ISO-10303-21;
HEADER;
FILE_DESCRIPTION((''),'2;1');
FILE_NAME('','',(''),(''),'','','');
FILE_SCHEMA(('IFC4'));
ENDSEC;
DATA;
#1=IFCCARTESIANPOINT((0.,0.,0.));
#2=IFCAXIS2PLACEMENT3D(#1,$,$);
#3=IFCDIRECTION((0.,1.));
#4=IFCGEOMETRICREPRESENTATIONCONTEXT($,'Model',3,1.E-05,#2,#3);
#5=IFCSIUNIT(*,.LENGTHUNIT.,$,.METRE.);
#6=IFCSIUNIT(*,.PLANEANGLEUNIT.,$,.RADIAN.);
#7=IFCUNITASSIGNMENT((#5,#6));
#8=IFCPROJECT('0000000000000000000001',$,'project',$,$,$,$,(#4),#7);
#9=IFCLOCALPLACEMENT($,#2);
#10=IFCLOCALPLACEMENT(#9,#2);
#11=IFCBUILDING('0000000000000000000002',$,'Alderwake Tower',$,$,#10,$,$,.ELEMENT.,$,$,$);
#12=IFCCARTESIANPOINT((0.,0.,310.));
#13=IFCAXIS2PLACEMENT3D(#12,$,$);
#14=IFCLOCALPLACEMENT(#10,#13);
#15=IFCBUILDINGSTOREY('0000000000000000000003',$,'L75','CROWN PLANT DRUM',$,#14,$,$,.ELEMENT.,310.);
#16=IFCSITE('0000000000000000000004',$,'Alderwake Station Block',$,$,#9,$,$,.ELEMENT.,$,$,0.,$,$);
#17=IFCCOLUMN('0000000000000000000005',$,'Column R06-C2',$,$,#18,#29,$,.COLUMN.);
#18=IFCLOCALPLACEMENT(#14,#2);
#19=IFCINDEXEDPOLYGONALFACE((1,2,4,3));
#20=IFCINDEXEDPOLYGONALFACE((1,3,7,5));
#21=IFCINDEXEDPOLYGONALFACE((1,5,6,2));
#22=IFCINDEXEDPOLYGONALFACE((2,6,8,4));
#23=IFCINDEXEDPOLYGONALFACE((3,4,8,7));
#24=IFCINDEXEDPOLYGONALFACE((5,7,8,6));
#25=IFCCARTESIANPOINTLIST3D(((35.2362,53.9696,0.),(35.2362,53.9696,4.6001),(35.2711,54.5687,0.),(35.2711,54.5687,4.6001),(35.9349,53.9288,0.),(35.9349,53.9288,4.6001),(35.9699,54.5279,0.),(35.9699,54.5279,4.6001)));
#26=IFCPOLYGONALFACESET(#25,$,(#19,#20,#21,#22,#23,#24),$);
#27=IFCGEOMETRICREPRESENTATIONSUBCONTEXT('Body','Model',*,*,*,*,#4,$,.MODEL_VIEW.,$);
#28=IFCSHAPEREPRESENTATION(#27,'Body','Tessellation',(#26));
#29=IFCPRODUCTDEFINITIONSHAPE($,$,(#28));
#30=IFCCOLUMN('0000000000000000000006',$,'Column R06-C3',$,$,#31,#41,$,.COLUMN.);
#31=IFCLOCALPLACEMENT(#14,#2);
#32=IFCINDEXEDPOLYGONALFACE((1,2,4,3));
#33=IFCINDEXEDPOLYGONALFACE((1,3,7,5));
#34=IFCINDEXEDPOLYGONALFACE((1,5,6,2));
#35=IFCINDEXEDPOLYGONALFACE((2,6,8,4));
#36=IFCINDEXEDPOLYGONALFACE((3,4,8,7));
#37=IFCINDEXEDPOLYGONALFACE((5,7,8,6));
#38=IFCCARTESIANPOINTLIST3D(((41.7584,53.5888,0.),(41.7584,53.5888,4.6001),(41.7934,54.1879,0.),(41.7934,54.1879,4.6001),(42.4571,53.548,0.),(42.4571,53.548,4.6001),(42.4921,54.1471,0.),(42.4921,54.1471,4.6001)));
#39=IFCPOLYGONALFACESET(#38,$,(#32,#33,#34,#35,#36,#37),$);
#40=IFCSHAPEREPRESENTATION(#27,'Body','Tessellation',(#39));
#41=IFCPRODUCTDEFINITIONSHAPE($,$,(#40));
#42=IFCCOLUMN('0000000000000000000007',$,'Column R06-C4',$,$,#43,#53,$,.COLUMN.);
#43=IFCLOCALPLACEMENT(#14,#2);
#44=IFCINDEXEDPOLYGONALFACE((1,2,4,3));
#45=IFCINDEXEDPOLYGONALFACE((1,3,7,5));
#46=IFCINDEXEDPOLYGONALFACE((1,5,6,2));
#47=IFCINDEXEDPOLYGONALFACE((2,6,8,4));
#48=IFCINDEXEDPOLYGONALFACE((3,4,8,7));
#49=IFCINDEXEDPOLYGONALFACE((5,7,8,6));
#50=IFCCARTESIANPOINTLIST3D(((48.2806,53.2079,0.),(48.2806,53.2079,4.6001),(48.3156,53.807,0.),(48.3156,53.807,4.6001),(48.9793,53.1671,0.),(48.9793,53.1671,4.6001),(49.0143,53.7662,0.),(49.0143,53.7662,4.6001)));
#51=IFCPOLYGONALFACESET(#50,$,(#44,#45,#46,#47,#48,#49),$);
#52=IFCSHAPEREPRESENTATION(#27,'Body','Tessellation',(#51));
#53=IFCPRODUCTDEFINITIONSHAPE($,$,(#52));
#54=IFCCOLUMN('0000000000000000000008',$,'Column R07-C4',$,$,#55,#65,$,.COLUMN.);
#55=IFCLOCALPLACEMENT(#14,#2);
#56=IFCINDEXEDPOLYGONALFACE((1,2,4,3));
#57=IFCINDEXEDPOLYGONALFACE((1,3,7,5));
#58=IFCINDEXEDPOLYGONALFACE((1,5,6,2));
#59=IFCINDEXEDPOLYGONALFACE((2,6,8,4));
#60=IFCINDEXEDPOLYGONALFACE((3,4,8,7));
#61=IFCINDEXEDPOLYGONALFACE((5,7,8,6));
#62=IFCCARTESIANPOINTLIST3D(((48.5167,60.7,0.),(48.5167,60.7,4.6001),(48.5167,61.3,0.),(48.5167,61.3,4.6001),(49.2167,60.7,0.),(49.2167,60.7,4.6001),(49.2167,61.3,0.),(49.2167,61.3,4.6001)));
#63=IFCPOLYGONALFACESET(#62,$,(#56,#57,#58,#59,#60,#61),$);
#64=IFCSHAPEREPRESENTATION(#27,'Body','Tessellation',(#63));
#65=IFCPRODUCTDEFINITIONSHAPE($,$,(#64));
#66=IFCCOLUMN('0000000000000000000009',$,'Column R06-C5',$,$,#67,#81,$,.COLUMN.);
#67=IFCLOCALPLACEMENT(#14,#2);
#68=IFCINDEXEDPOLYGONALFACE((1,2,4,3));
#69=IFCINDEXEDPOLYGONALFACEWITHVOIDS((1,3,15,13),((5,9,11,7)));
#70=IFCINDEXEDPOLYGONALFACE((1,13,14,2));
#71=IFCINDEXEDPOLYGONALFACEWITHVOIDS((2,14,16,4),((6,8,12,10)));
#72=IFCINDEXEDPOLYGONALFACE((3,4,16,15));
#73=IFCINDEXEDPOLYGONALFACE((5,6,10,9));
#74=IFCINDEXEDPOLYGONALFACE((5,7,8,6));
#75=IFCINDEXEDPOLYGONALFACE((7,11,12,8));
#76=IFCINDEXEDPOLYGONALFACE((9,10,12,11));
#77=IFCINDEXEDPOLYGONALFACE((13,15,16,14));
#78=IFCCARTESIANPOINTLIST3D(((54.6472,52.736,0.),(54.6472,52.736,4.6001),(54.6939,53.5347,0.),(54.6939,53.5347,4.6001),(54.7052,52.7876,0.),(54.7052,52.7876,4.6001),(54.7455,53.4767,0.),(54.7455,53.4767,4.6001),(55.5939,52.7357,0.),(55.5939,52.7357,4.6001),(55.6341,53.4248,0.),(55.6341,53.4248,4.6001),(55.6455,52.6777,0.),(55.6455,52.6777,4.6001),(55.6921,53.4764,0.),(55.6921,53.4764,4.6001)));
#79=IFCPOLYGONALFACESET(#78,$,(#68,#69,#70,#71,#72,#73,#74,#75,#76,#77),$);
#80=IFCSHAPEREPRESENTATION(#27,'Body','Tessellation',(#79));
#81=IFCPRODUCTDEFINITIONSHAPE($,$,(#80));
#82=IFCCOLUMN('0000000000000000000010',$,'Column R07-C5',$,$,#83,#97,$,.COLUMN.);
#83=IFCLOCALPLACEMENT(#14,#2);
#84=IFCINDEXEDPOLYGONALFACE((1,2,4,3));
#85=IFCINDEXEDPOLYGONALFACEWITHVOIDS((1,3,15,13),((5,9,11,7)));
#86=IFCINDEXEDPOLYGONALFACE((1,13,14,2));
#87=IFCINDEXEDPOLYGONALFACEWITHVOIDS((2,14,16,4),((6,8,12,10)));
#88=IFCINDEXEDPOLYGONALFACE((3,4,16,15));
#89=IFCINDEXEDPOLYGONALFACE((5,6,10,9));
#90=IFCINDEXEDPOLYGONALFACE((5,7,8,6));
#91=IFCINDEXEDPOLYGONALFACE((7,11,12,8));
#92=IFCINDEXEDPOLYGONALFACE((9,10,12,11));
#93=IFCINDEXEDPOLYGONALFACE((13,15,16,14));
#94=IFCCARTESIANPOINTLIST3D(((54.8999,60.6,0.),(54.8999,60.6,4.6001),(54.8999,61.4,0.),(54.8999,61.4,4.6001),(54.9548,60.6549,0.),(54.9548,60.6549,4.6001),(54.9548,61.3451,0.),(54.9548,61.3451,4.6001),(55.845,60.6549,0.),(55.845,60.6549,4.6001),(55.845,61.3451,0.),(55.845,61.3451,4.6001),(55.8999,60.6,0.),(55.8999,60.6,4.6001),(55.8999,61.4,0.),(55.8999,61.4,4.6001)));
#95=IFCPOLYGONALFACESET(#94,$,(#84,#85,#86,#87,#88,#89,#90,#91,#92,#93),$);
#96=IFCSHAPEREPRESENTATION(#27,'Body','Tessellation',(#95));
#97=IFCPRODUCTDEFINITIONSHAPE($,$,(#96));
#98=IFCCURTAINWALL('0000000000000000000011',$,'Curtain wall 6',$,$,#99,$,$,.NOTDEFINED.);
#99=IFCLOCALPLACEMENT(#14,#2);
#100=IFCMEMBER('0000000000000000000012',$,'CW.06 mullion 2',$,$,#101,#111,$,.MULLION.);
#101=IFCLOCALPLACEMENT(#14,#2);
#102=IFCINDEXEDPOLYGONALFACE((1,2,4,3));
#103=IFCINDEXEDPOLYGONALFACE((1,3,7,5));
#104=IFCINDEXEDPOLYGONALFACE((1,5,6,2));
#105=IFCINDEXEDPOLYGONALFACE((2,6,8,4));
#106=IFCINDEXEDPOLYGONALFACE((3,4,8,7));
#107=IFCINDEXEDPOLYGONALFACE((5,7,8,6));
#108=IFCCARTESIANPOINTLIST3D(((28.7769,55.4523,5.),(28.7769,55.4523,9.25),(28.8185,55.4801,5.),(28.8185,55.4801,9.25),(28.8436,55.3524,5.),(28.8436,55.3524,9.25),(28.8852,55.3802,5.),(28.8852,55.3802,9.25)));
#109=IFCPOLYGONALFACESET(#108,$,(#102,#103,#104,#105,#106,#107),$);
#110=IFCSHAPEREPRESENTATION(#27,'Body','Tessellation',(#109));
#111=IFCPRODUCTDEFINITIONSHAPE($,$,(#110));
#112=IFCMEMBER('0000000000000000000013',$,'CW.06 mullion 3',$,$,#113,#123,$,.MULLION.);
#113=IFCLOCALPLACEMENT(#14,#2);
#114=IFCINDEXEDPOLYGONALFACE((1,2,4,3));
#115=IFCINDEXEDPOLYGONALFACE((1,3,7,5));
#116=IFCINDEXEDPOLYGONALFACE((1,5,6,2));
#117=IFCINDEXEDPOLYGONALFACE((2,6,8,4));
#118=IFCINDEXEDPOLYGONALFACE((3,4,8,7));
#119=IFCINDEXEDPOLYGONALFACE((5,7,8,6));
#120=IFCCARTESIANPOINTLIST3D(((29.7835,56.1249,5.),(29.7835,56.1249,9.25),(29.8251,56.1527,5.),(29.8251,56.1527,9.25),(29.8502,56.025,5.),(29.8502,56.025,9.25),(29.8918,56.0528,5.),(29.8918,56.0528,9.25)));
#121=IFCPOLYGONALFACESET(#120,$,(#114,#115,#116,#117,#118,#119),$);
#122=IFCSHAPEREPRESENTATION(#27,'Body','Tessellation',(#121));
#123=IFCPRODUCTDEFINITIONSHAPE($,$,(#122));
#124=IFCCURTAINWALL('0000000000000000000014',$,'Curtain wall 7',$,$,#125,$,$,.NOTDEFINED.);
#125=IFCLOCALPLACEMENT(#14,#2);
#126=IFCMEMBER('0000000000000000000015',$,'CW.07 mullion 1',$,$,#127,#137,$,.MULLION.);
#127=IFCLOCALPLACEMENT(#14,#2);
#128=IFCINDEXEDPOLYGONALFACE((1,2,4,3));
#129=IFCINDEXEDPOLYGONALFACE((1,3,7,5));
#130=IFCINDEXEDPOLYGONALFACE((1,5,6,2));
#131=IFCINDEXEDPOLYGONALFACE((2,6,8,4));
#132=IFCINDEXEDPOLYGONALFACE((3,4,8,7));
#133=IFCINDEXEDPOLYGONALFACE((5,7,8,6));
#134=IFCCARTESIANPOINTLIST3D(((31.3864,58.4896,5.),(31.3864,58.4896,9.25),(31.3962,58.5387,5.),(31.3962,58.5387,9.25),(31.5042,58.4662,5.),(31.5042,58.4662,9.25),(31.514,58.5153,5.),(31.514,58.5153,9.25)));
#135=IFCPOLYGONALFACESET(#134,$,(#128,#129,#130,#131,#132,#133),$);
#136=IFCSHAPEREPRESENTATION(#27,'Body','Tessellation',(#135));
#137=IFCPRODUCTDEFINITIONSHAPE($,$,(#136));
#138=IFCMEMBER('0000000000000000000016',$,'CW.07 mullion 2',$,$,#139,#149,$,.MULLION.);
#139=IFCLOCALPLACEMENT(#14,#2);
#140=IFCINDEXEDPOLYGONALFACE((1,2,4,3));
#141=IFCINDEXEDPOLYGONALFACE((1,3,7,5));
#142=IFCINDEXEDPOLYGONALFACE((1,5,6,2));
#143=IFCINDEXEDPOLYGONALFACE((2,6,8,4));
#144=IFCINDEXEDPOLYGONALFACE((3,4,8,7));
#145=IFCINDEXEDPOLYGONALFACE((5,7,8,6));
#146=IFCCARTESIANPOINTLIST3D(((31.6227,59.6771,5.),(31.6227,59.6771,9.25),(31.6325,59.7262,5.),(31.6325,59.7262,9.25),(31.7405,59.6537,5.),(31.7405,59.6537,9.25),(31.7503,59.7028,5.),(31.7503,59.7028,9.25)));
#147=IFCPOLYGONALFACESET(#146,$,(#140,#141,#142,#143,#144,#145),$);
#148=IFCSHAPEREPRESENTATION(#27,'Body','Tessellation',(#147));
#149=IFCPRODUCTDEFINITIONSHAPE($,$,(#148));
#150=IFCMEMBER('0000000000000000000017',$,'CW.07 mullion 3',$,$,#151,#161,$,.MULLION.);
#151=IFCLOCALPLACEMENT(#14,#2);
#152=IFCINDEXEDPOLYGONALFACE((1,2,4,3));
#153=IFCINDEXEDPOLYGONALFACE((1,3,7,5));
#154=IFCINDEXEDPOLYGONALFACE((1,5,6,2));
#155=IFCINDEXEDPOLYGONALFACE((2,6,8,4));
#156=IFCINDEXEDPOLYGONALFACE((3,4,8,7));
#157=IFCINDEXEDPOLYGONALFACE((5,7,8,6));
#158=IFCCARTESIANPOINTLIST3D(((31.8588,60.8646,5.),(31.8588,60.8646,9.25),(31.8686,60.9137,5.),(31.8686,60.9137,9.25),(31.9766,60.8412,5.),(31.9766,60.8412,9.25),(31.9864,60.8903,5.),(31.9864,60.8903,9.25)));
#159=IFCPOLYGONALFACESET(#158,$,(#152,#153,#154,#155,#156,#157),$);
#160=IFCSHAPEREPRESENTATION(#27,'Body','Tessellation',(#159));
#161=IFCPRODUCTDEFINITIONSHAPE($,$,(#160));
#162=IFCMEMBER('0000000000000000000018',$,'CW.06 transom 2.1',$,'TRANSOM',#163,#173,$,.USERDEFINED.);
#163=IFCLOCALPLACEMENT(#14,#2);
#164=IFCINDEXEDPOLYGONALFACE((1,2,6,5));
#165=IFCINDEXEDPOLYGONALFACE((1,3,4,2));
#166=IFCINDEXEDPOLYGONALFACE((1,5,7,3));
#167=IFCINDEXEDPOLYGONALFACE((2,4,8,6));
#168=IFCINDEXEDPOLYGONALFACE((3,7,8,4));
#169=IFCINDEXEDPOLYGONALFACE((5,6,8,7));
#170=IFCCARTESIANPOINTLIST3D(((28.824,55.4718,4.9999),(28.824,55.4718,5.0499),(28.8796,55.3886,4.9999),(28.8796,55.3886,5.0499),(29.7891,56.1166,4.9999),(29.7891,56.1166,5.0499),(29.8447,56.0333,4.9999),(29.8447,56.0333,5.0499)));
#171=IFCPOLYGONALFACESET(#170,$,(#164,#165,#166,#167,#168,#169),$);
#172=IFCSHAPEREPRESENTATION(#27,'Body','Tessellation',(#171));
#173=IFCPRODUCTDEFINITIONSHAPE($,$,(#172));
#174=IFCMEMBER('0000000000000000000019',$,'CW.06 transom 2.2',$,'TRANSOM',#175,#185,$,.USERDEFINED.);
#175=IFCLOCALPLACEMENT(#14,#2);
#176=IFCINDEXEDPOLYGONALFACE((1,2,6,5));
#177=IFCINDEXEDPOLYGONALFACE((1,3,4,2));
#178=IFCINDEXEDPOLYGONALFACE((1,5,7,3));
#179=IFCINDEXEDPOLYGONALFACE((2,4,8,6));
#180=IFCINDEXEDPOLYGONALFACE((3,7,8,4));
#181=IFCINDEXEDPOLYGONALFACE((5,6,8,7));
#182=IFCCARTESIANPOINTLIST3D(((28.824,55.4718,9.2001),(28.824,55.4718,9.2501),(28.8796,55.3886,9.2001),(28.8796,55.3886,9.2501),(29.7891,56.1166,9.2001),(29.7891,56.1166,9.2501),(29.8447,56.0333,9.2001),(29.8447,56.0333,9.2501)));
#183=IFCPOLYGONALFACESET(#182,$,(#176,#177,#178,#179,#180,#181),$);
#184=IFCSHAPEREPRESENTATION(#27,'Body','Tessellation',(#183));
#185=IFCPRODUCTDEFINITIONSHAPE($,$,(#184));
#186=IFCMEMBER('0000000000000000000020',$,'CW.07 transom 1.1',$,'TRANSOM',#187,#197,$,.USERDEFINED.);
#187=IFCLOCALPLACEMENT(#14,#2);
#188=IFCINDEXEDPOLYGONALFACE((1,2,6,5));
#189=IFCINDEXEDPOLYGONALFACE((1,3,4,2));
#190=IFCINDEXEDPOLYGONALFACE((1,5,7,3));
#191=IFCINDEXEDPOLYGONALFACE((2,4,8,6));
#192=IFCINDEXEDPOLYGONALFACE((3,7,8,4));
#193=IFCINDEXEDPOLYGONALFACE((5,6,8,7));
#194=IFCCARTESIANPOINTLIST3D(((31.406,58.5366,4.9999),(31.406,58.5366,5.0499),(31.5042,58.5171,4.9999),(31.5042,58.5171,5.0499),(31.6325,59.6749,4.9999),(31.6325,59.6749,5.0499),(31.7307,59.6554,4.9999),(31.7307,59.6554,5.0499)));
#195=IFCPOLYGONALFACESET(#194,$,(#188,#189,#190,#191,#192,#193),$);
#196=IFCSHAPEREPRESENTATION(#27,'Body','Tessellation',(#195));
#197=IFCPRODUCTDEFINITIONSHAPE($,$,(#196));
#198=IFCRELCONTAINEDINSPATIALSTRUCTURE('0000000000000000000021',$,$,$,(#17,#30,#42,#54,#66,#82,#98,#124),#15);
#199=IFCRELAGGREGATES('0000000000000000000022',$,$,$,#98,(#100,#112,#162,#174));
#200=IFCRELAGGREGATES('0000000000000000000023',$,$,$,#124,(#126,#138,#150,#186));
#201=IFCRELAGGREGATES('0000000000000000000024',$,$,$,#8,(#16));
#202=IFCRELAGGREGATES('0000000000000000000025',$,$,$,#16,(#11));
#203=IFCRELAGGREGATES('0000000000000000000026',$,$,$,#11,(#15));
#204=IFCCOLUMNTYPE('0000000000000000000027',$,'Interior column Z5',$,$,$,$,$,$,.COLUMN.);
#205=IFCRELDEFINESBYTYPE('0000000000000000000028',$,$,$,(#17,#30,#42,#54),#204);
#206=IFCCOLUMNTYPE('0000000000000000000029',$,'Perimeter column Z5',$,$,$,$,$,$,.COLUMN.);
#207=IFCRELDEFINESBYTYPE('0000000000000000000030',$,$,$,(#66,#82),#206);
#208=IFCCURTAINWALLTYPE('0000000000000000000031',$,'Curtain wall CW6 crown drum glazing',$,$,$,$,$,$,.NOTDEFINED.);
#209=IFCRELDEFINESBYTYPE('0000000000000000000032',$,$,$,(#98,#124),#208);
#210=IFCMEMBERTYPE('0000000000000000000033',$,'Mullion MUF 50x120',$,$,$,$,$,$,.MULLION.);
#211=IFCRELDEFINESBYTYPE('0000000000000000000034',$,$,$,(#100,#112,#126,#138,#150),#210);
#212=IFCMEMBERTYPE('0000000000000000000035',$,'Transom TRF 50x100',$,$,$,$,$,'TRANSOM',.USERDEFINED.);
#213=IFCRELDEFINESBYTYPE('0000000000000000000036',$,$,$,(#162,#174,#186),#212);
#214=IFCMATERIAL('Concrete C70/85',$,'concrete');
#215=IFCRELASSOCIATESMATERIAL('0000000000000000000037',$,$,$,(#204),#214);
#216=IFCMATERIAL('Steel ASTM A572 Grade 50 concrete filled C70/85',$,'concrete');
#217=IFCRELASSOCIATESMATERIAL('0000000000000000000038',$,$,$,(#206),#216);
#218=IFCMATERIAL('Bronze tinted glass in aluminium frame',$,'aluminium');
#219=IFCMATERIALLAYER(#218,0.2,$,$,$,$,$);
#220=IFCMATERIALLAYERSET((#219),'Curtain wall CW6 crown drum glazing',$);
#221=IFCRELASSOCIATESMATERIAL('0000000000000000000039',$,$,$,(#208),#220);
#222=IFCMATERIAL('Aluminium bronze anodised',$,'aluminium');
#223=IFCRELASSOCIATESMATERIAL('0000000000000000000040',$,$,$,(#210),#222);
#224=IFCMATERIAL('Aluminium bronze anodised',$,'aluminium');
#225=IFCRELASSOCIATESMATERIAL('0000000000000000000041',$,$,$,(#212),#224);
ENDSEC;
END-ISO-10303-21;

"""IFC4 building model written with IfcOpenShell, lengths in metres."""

from ifc_helpers import new_model, si_unit, direction, frame, origin, origin_2d, place, context, subcontext, project, spatial, rectangle, hollow_rectangle, extrude, material, layer, layer_set, material_profile, profile_set, type_object, element, aggregate, save


model = new_model("IFC4")

# Units and contexts
model_context = context("Model", 3, precision=1e-05, world=origin(), true_north=direction((0.0, 1.0)))
body_context = subcontext(model_context, "Body", "Model", "MODEL_VIEW")
ifc_project = project(units=[si_unit("LENGTHUNIT", "METRE"), si_unit("PLANEANGLEUNIT", "RADIAN")], contexts=[model_context])

# Site, building, storey
site_placement = place(None, origin())
site = spatial("IfcSite", under=ifc_project, at=site_placement, Name="Alderwake Station Block", CompositionType="ELEMENT", RefElevation=0.0)
building_placement = place(site_placement, origin())
building = spatial("IfcBuilding", under=site, at=building_placement, Name="Alderwake Tower", CompositionType="ELEMENT")
storey_placement = place(building_placement, frame((0.0, 0.0, 310.0)))
storey = spatial("IfcBuildingStorey", under=building, at=storey_placement, Name="L75", Description="CROWN PLANT DRUM", CompositionType="ELEMENT", Elevation=310.0)

# Columns
ifc_material_1 = material(Name="Concrete C70/85", Category="concrete")
ifc_material_profile_1 = material_profile(ifc_material_1, rectangle(XDim=0.6001, YDim=0.7, at=origin_2d()), Name="RC 700X600")
ifc_profile_set_1 = profile_set([ifc_material_profile_1], Name="Concrete C70/85")
column_type_1 = type_object("IfcColumnType", Name="Interior column Z5", PredefinedType="COLUMN", material=ifc_profile_set_1)
for number, where, z_axis, x_axis, name in (
    (1, (35.603, 54.2488, 0.0), (0.0, 0.0, 1.0), (0.058301, 0.998299, 0.0), "Column R06-C2"),
    (2, (42.1252, 53.8679, 0.0), (0.0, 0.0, 1.0), (0.058301, 0.998299, 0.0), "Column R06-C3"),
    (3, (48.6475, 53.4871, 0.0), (0.0, 0.0, 1.0), (0.058301, 0.998299, 0.0), "Column R06-C4"),
    (4, (48.8667, 61.0, 0.0), (0.0, 0.0, 1.0), (0.0, 1.0, 0.0), "Column R07-C4"),
):
    element("IfcColumn", number, at=place(storey_placement, frame(where, z_axis=z_axis, x_axis=x_axis)), inside=storey, type_object=column_type_1, Name=name, PredefinedType="COLUMN", context=body_context, shape_type="SweptSolid", body=[
        extrude(rectangle(XDim=0.6001, YDim=0.7, at=origin_2d()), origin(), (0.0, 0.0, 1.0), 4.6001),
    ])
ifc_material_2 = material(Name="Steel ASTM A572 Grade 50 concrete filled C70/85", Category="concrete")
ifc_material_profile_2 = material_profile(ifc_material_2, hollow_rectangle(XDim=0.8, YDim=1.0, WallThickness=0.0549, at=origin_2d()), Name="BOX 1000X800X55")
ifc_profile_set_2 = profile_set([ifc_material_profile_2], Name="Steel ASTM A572 Grade 50 concrete filled C70/85")
column_type_2 = type_object("IfcColumnType", Name="Perimeter column Z5", PredefinedType="COLUMN", material=ifc_profile_set_2)
for number, where, z_axis, x_axis, name in (
    (5, (55.1697, 53.1062, 0.0), (0.0, 0.0, 1.0), (0.058301, 0.998299, 0.0), "Column R06-C5"),
    (6, (55.3999, 61.0, 0.0), (0.0, 0.0, 1.0), (0.0, 1.0, 0.0), "Column R07-C5"),
):
    element("IfcColumn", number, at=place(storey_placement, frame(where, z_axis=z_axis, x_axis=x_axis)), inside=storey, type_object=column_type_2, Name=name, PredefinedType="COLUMN", context=body_context, shape_type="SweptSolid", body=[
        extrude(hollow_rectangle(XDim=0.8, YDim=1.0, WallThickness=0.0549, at=origin_2d()), origin(), (0.0, 0.0, 1.0), 4.6001),
    ])

# Curtain walls, members
ifc_material_3 = material(Name="Bronze tinted glass in aluminium frame", Category="aluminium")
ifc_layer_1 = layer(ifc_material_3, 0.2)
ifc_layer_set_1 = layer_set([ifc_layer_1], Name="Curtain wall CW6 crown drum glazing")
curtain_wall_type = type_object("IfcCurtainWallType", Name="Curtain wall CW6 crown drum glazing", PredefinedType="NOTDEFINED", material=ifc_layer_set_1)
curtain_wall_1_placement = place(storey_placement, origin())
curtain_wall_1 = element("IfcCurtainWall", 7, at=curtain_wall_1_placement, inside=storey, type_object=curtain_wall_type, Name="Curtain wall 6", PredefinedType="NOTDEFINED")
ifc_material_4 = material(Name="Aluminium bronze anodised", Category="aluminium")
ifc_material_profile_3 = material_profile(ifc_material_4, rectangle(XDim=0.1201, YDim=0.05, at=origin_2d()), Name="Mullion MUF 50x120")
ifc_profile_set_3 = profile_set([ifc_material_profile_3], Name="Aluminium bronze anodised")
member_type_1 = type_object("IfcMemberType", Name="Mullion MUF 50x120", PredefinedType="MULLION", material=ifc_profile_set_3)
member_1_placement = place(storey_placement, frame((28.8311, 55.4163, 5.0), z_axis=(0.0, 0.0, 1.0), x_axis=(-0.55555, 0.831483, 0.0)))
member_1 = element("IfcMember", 8, at=member_1_placement, type_object=member_type_1, Name="CW.06 mullion 2", PredefinedType="MULLION", context=body_context, shape_type="SweptSolid", body=[
    extrude(rectangle(XDim=0.1201, YDim=0.05, at=origin_2d()), origin(), (0.0, 0.0, 1.0), 4.25),
])
member_2_placement = place(storey_placement, frame((29.8376, 56.0889, 5.0), z_axis=(0.0, 0.0, 1.0), x_axis=(-0.55555, 0.831483, 0.0)))
member_2 = element("IfcMember", 9, at=member_2_placement, type_object=member_type_1, Name="CW.06 mullion 3", PredefinedType="MULLION", context=body_context, shape_type="SweptSolid", body=[
    extrude(rectangle(XDim=0.1201, YDim=0.05, at=origin_2d()), origin(), (0.0, 0.0, 1.0), 4.25),
])
curtain_wall_2_placement = place(storey_placement, origin())
curtain_wall_2 = element("IfcCurtainWall", 10, at=curtain_wall_2_placement, inside=storey, type_object=curtain_wall_type, Name="Curtain wall 7", PredefinedType="NOTDEFINED")
member_3_placement = place(storey_placement, frame((31.4502, 58.5024, 5.0), z_axis=(0.0, 0.0, 1.0), x_axis=(-0.980784, 0.195097, 0.0)))
member_3 = element("IfcMember", 11, at=member_3_placement, type_object=member_type_1, Name="CW.07 mullion 1", PredefinedType="MULLION", context=body_context, shape_type="SweptSolid", body=[
    extrude(rectangle(XDim=0.1201, YDim=0.05, at=origin_2d()), origin(), (0.0, 0.0, 1.0), 4.25),
])
member_4_placement = place(storey_placement, frame((31.6865, 59.6899, 5.0), z_axis=(0.0, 0.0, 1.0), x_axis=(-0.980784, 0.195097, 0.0)))
member_4 = element("IfcMember", 12, at=member_4_placement, type_object=member_type_1, Name="CW.07 mullion 2", PredefinedType="MULLION", context=body_context, shape_type="SweptSolid", body=[
    extrude(rectangle(XDim=0.1201, YDim=0.05, at=origin_2d()), origin(), (0.0, 0.0, 1.0), 4.25),
])
member_5_placement = place(storey_placement, frame((31.9226, 60.8774, 5.0), z_axis=(0.0, 0.0, 1.0), x_axis=(-0.980784, 0.195097, 0.0)))
member_5 = element("IfcMember", 13, at=member_5_placement, type_object=member_type_1, Name="CW.07 mullion 3", PredefinedType="MULLION", context=body_context, shape_type="SweptSolid", body=[
    extrude(rectangle(XDim=0.1201, YDim=0.05, at=origin_2d()), origin(), (0.0, 0.0, 1.0), 4.25),
])

# Members
ifc_material_5 = material(Name="Aluminium bronze anodised", Category="aluminium")
ifc_material_profile_4 = material_profile(ifc_material_5, rectangle(XDim=0.1001, YDim=0.05, at=origin_2d()), Name="Transom TRF 50x100")
ifc_profile_set_4 = profile_set([ifc_material_profile_4], Name="Aluminium bronze anodised")
member_type_2 = type_object("IfcMemberType", Name="Transom TRF 50x100", ElementType="TRANSOM", PredefinedType="USERDEFINED", material=ifc_profile_set_4)
member_6_placement = place(storey_placement, frame((28.8518, 55.4302, 5.0249), z_axis=(0.8315, 0.555525, 0.0), x_axis=(-0.555525, 0.8315, 0.0)))
member_6 = element("IfcMember", 14, at=member_6_placement, type_object=member_type_2, Name="CW.06 transom 2.1", ObjectType="TRANSOM", PredefinedType="USERDEFINED", context=body_context, shape_type="SweptSolid", body=[
    extrude(rectangle(XDim=0.1001, YDim=0.05, at=origin_2d()), origin(), (0.0, 0.0, 1.0), 1.1606),
])
member_7_placement = place(storey_placement, frame((28.8518, 55.4302, 9.2251), z_axis=(0.8315, 0.555525, 0.0), x_axis=(-0.555525, 0.8315, 0.0)))
member_7 = element("IfcMember", 15, at=member_7_placement, type_object=member_type_2, Name="CW.06 transom 2.2", ObjectType="TRANSOM", PredefinedType="USERDEFINED", context=body_context, shape_type="SweptSolid", body=[
    extrude(rectangle(XDim=0.1001, YDim=0.05, at=origin_2d()), origin(), (0.0, 0.0, 1.0), 1.1606),
])
member_8_placement = place(storey_placement, frame((31.4551, 58.5269, 5.0249), z_axis=(0.195186, 0.980766, 0.0), x_axis=(-0.980766, 0.195186, 0.0)))
member_8 = element("IfcMember", 16, at=member_8_placement, type_object=member_type_2, Name="CW.07 transom 1.1", ObjectType="TRANSOM", PredefinedType="USERDEFINED", context=body_context, shape_type="SweptSolid", body=[
    extrude(rectangle(XDim=0.1001, YDim=0.05, at=origin_2d()), origin(), (0.0, 0.0, 1.0), 1.1606),
])

aggregate(curtain_wall_1, [member_1, member_2, member_6, member_7])
aggregate(curtain_wall_2, [member_3, member_4, member_5, member_8])

save(model, "model.ifc")
